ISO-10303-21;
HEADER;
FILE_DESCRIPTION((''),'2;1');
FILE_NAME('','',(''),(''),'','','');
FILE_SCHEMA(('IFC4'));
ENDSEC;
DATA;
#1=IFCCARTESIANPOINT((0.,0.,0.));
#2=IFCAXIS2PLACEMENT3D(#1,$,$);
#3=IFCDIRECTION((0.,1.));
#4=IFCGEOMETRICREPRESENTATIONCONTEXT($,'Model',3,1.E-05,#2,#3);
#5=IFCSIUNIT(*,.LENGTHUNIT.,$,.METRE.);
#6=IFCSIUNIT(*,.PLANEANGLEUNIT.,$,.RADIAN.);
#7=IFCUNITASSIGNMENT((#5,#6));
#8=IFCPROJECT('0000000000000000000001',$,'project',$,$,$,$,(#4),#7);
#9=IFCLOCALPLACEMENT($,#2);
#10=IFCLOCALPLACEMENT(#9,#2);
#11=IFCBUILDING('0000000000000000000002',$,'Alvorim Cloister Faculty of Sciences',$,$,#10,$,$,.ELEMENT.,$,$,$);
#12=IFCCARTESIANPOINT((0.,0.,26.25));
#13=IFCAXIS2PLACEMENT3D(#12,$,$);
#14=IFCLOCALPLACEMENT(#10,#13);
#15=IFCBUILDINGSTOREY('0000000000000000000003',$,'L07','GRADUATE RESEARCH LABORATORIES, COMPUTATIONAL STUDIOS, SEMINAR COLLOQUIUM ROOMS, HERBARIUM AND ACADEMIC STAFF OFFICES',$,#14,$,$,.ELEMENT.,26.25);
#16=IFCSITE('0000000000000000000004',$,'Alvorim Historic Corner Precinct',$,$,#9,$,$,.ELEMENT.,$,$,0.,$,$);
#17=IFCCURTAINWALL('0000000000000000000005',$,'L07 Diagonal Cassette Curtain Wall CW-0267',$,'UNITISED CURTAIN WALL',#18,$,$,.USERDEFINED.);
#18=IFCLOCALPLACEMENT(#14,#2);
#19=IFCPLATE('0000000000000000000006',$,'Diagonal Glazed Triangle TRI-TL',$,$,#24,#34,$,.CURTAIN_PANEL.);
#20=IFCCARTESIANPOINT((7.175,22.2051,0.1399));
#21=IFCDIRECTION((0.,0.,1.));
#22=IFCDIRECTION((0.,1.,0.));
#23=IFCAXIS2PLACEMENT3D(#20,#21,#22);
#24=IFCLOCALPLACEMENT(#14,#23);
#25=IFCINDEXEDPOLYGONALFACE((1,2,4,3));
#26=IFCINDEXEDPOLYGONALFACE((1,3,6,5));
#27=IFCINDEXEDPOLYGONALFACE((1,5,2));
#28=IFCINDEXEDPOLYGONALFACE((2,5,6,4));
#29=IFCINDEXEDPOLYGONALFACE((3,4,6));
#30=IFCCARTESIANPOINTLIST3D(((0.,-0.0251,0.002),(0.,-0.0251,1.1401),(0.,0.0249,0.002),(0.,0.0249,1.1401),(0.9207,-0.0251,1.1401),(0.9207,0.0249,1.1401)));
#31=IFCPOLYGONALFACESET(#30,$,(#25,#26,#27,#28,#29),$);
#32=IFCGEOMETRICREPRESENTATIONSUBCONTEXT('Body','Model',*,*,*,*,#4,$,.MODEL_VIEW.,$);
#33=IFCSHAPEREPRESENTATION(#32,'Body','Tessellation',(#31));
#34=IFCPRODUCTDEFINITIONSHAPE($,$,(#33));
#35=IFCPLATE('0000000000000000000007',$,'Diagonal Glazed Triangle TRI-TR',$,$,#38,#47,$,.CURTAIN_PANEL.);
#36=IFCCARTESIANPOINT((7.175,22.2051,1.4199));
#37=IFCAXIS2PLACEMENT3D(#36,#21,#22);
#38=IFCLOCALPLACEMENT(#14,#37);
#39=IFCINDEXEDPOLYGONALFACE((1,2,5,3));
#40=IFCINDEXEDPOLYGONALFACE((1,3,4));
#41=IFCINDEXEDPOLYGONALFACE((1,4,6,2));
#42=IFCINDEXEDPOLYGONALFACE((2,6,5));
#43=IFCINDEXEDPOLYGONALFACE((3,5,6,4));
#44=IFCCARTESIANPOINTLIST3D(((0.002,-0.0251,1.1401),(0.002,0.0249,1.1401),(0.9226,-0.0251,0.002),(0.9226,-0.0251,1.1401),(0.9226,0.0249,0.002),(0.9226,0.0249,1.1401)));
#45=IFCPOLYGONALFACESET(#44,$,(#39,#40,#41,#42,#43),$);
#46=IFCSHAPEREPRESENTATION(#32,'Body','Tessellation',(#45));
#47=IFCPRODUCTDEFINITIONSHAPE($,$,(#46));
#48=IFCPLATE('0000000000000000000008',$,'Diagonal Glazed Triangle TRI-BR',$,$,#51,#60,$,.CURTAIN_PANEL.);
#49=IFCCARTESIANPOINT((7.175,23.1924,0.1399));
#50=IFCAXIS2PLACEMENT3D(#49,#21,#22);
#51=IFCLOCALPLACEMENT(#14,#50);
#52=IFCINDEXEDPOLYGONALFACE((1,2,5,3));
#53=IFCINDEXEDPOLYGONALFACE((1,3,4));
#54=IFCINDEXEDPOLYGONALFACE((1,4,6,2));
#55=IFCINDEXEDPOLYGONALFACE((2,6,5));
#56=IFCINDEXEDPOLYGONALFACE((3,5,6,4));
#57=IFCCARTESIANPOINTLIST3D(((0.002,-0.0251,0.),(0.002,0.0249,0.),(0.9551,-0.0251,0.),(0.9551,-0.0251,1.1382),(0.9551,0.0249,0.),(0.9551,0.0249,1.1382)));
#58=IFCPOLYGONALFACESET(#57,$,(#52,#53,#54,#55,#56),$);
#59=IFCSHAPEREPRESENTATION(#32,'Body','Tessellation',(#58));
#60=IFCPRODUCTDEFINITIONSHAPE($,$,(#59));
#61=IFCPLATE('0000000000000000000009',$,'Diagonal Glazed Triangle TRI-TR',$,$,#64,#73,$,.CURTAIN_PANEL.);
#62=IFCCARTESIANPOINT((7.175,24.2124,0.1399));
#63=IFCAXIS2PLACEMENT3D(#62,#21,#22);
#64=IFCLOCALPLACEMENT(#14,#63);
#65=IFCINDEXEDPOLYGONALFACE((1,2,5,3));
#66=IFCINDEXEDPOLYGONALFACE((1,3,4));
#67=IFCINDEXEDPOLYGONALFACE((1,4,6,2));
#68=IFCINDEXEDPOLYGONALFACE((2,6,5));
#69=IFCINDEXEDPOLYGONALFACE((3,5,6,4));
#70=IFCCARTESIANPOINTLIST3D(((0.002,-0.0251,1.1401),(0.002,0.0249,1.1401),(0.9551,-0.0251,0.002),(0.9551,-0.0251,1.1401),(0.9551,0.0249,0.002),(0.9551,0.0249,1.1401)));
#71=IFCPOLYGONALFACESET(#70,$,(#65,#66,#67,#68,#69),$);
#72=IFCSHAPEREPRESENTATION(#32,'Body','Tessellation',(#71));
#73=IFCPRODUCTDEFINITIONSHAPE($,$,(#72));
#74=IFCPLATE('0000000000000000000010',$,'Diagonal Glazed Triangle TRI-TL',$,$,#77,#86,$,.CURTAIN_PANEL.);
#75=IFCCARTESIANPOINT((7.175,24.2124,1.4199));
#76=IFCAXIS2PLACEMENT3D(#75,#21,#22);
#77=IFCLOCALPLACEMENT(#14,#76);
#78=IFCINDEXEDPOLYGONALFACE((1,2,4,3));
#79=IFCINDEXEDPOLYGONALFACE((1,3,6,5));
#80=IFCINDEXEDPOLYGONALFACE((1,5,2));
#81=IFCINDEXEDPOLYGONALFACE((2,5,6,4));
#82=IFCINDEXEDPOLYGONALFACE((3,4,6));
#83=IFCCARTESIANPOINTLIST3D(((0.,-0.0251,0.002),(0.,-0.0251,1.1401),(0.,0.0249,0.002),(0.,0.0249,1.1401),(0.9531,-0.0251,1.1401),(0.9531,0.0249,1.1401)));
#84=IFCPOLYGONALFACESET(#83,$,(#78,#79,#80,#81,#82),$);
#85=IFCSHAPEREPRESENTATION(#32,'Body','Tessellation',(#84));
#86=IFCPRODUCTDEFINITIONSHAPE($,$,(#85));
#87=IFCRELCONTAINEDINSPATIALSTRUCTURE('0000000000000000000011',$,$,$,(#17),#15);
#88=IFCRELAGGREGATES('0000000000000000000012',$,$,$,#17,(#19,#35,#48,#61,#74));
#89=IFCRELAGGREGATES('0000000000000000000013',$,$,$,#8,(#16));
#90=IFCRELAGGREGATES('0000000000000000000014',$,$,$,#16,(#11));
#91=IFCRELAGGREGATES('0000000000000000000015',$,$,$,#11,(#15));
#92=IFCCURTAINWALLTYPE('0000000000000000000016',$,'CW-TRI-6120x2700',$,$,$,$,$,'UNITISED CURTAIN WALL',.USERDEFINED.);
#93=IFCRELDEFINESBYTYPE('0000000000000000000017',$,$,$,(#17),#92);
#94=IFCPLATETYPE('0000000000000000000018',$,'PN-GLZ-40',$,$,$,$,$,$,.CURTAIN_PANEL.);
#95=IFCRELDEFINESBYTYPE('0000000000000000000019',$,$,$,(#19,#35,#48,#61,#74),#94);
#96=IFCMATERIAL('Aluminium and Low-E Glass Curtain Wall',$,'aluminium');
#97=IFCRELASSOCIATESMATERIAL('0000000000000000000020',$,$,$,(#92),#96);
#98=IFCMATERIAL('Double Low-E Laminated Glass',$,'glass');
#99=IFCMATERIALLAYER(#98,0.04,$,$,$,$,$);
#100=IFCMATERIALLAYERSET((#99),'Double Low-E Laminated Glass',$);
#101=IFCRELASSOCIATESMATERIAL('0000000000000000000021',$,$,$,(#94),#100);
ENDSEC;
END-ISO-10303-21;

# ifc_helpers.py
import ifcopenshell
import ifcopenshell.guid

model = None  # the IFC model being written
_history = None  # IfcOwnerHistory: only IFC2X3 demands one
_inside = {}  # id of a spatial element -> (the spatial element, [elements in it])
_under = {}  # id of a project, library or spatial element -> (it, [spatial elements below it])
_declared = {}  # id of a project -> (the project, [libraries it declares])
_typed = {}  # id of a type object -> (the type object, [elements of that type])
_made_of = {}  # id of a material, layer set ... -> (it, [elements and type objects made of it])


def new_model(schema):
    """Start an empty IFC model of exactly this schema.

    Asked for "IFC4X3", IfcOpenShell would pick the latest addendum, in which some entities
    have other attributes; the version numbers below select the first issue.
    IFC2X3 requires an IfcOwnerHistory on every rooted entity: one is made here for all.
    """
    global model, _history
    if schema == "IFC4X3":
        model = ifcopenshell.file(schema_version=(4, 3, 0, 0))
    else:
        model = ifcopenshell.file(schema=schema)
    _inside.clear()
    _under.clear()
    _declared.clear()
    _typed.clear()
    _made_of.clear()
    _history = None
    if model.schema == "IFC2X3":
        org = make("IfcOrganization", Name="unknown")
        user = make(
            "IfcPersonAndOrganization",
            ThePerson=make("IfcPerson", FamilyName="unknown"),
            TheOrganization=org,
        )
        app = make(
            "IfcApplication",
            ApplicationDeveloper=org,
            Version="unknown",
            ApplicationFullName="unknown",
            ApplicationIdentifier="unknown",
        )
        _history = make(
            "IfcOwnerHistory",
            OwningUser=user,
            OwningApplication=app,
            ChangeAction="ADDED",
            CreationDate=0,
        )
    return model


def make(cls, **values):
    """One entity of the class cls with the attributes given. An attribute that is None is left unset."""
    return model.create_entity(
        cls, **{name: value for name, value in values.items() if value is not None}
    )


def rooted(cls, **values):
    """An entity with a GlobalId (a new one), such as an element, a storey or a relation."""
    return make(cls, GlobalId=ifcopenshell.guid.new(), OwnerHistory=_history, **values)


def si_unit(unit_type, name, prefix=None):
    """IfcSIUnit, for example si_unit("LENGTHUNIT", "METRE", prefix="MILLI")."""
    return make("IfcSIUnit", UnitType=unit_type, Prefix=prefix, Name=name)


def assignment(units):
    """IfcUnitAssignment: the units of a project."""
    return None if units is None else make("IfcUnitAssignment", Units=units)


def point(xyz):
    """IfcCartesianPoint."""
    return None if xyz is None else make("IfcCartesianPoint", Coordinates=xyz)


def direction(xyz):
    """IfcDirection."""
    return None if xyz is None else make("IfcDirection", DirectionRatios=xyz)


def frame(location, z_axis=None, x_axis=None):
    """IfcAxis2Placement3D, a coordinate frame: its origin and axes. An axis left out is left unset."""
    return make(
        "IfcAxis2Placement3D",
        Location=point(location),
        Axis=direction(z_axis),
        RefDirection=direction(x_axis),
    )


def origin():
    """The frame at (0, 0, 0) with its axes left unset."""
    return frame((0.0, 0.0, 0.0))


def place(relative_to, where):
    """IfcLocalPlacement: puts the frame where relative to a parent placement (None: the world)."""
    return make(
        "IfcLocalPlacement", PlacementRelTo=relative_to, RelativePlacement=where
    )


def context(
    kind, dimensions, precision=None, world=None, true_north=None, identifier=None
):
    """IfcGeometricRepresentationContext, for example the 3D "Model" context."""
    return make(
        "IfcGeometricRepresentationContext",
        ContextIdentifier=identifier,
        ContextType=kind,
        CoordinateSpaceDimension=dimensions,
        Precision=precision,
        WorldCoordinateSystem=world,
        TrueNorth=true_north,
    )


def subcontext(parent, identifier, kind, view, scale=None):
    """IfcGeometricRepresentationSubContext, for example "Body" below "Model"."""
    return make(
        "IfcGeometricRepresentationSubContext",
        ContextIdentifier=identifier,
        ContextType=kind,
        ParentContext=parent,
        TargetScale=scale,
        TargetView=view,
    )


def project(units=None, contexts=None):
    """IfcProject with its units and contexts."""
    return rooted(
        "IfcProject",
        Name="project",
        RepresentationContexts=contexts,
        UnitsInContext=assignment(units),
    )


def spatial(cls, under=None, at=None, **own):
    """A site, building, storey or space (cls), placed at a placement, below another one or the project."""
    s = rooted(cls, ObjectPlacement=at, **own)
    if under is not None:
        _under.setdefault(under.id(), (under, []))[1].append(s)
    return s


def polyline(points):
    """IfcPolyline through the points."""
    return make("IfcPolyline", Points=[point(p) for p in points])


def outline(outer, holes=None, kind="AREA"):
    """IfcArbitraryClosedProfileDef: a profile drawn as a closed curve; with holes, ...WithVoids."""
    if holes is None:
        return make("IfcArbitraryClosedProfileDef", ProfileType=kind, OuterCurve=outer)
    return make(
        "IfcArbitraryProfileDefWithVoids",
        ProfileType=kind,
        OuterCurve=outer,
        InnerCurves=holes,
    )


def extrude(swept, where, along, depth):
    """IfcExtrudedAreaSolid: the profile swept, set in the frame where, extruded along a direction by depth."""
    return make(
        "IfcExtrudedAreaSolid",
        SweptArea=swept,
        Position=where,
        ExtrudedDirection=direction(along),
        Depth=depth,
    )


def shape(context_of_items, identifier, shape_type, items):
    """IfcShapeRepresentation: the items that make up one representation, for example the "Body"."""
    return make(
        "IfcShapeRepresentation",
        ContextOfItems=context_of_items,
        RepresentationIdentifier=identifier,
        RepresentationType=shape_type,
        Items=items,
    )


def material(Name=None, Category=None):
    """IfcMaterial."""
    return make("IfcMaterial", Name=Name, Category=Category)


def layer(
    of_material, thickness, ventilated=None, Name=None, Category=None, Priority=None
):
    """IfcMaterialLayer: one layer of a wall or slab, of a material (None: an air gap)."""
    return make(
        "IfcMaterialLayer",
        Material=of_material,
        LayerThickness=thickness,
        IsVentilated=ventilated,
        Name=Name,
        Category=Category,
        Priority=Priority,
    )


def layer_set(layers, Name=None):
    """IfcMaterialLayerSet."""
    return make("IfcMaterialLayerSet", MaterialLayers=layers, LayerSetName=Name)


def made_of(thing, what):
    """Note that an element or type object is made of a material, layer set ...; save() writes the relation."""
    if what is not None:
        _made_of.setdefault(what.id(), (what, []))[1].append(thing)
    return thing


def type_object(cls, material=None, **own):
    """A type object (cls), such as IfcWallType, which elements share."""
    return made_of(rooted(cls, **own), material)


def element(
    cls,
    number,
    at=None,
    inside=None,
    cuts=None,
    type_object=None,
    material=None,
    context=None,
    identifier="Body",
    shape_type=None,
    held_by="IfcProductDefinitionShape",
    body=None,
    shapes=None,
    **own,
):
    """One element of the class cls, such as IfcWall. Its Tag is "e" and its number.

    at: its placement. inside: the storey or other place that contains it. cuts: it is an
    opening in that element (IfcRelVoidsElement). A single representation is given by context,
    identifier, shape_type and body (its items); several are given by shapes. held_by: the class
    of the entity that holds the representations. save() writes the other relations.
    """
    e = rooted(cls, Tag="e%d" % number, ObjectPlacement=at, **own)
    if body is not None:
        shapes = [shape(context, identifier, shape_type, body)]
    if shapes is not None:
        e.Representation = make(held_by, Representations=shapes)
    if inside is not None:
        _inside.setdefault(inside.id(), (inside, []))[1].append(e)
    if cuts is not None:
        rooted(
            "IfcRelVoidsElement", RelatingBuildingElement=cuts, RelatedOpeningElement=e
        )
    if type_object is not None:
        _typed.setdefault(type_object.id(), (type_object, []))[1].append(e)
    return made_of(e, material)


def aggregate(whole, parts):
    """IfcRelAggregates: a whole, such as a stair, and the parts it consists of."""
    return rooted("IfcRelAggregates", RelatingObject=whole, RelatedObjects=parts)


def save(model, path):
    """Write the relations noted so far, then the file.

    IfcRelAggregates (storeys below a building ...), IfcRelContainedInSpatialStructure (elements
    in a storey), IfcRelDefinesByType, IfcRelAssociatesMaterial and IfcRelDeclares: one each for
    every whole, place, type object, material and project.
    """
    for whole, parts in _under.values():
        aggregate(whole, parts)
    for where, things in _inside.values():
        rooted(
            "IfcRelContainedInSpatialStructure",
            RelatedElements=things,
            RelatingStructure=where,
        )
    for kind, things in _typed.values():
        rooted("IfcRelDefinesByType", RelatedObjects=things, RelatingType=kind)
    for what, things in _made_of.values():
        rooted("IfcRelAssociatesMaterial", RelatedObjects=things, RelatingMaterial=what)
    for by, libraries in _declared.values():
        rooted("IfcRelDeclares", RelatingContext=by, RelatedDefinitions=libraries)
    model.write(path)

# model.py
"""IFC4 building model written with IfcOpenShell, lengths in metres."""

from ifc_helpers import new_model, si_unit, direction, frame, origin, place, context, subcontext, project, spatial, polyline, outline, extrude, material, layer, layer_set, type_object, element, aggregate, save


model = new_model("IFC4")

# Units and contexts
model_context = context("Model", 3, precision=1e-05, world=origin(), true_north=direction((0.0, 1.0)))
body_context = subcontext(model_context, "Body", "Model", "MODEL_VIEW")
ifc_project = project(units=[si_unit("LENGTHUNIT", "METRE"), si_unit("PLANEANGLEUNIT", "RADIAN")], contexts=[model_context])

# Site, building, storey
site_placement = place(None, origin())
site = spatial("IfcSite", under=ifc_project, at=site_placement, Name="Alvorim Historic Corner Precinct", CompositionType="ELEMENT", RefElevation=0.0)
building_placement = place(site_placement, origin())
building = spatial("IfcBuilding", under=site, at=building_placement, Name="Alvorim Cloister Faculty of Sciences", CompositionType="ELEMENT")
storey_placement = place(building_placement, frame((0.0, 0.0, 26.25)))
storey = spatial("IfcBuildingStorey", under=building, at=storey_placement, Name="L07", Description="GRADUATE RESEARCH LABORATORIES, COMPUTATIONAL STUDIOS, SEMINAR COLLOQUIUM ROOMS, HERBARIUM AND ACADEMIC STAFF OFFICES", CompositionType="ELEMENT", Elevation=26.25)

# Curtain wall
ifc_material_1 = material(Name="Aluminium and Low-E Glass Curtain Wall", Category="aluminium")
curtain_wall_type = type_object("IfcCurtainWallType", Name="CW-TRI-6120x2700", ElementType="UNITISED CURTAIN WALL", PredefinedType="USERDEFINED", material=ifc_material_1)
curtain_wall_placement = place(storey_placement, origin())
curtain_wall = element("IfcCurtainWall", 1, at=curtain_wall_placement, inside=storey, type_object=curtain_wall_type, Name="L07 Diagonal Cassette Curtain Wall CW-0267", ObjectType="UNITISED CURTAIN WALL", PredefinedType="USERDEFINED")

# Plates
ifc_material_2 = material(Name="Double Low-E Laminated Glass", Category="glass")
ifc_layer_1 = layer(ifc_material_2, 0.04)
ifc_layer_set_1 = layer_set([ifc_layer_1], Name="Double Low-E Laminated Glass")
plate_type_1 = type_object("IfcPlateType", Name="PN-GLZ-40", PredefinedType="CURTAIN_PANEL", material=ifc_layer_set_1)
plate_1_placement = place(storey_placement, frame((7.175, 22.2051, 0.1399), z_axis=(0.0, 0.0, 1.0), x_axis=(0.0, 1.0, 0.0)))
plate_1 = element("IfcPlate", 2, at=plate_1_placement, type_object=plate_type_1, Name="Diagonal Glazed Triangle TRI-TL", PredefinedType="CURTAIN_PANEL", context=body_context, shape_type="SweptSolid", body=[
    extrude(outline(polyline([(0.9207, 1.1401), (0.0, 1.1401), (0.0, 0.002), (0.9207, 1.1401)])), frame((0.0, 0.0249, 0.0), z_axis=(0.0, -1.0, 0.0), x_axis=(1.0, 0.0, 0.0)), (0.0, 0.0, 1.0), 0.05),
])
plate_2_placement = place(storey_placement, frame((7.175, 22.2051, 1.4199), z_axis=(0.0, 0.0, 1.0), x_axis=(0.0, 1.0, 0.0)))
plate_2 = element("IfcPlate", 3, at=plate_2_placement, type_object=plate_type_1, Name="Diagonal Glazed Triangle TRI-TR", PredefinedType="CURTAIN_PANEL", context=body_context, shape_type="SweptSolid", body=[
    extrude(outline(polyline([(0.9226, 0.002), (0.9226, 1.1401), (0.002, 1.1401), (0.9226, 0.002)])), frame((0.0, 0.0249, 0.0), z_axis=(0.0, -1.0, 0.0), x_axis=(1.0, 0.0, 0.0)), (0.0, 0.0, 1.0), 0.05),
])
plate_3_placement = place(storey_placement, frame((7.175, 23.1924, 0.1399), z_axis=(0.0, 0.0, 1.0), x_axis=(0.0, 1.0, 0.0)))
plate_3 = element("IfcPlate", 4, at=plate_3_placement, type_object=plate_type_1, Name="Diagonal Glazed Triangle TRI-BR", PredefinedType="CURTAIN_PANEL", context=body_context, shape_type="SweptSolid", body=[
    extrude(outline(polyline([(0.002, 0.0), (0.9551, 0.0), (0.9551, 1.1382), (0.002, 0.0)])), frame((0.0, 0.0249, 0.0), z_axis=(0.0, -1.0, 0.0), x_axis=(1.0, 0.0, 0.0)), (0.0, 0.0, 1.0), 0.05),
])
plate_4_placement = place(storey_placement, frame((7.175, 24.2124, 0.1399), z_axis=(0.0, 0.0, 1.0), x_axis=(0.0, 1.0, 0.0)))
plate_4 = element("IfcPlate", 5, at=plate_4_placement, type_object=plate_type_1, Name="Diagonal Glazed Triangle TRI-TR", PredefinedType="CURTAIN_PANEL", context=body_context, shape_type="SweptSolid", body=[
    extrude(outline(polyline([(0.9551, 0.002), (0.9551, 1.1401), (0.002, 1.1401), (0.9551, 0.002)])), frame((0.0, 0.0249, 0.0), z_axis=(0.0, -1.0, 0.0), x_axis=(1.0, 0.0, 0.0)), (0.0, 0.0, 1.0), 0.05),
])
plate_5_placement = place(storey_placement, frame((7.175, 24.2124, 1.4199), z_axis=(0.0, 0.0, 1.0), x_axis=(0.0, 1.0, 0.0)))
plate_5 = element("IfcPlate", 6, at=plate_5_placement, type_object=plate_type_1, Name="Diagonal Glazed Triangle TRI-TL", PredefinedType="CURTAIN_PANEL", context=body_context, shape_type="SweptSolid", body=[
    extrude(outline(polyline([(0.9531, 1.1401), (0.0, 1.1401), (0.0, 0.002), (0.9531, 1.1401)])), frame((0.0, 0.0249, 0.0), z_axis=(0.0, -1.0, 0.0), x_axis=(1.0, 0.0, 0.0)), (0.0, 0.0, 1.0), 0.05),
])
aggregate(curtain_wall, [plate_1, plate_2, plate_3, plate_4, plate_5])

save(model, "model.ifc")
